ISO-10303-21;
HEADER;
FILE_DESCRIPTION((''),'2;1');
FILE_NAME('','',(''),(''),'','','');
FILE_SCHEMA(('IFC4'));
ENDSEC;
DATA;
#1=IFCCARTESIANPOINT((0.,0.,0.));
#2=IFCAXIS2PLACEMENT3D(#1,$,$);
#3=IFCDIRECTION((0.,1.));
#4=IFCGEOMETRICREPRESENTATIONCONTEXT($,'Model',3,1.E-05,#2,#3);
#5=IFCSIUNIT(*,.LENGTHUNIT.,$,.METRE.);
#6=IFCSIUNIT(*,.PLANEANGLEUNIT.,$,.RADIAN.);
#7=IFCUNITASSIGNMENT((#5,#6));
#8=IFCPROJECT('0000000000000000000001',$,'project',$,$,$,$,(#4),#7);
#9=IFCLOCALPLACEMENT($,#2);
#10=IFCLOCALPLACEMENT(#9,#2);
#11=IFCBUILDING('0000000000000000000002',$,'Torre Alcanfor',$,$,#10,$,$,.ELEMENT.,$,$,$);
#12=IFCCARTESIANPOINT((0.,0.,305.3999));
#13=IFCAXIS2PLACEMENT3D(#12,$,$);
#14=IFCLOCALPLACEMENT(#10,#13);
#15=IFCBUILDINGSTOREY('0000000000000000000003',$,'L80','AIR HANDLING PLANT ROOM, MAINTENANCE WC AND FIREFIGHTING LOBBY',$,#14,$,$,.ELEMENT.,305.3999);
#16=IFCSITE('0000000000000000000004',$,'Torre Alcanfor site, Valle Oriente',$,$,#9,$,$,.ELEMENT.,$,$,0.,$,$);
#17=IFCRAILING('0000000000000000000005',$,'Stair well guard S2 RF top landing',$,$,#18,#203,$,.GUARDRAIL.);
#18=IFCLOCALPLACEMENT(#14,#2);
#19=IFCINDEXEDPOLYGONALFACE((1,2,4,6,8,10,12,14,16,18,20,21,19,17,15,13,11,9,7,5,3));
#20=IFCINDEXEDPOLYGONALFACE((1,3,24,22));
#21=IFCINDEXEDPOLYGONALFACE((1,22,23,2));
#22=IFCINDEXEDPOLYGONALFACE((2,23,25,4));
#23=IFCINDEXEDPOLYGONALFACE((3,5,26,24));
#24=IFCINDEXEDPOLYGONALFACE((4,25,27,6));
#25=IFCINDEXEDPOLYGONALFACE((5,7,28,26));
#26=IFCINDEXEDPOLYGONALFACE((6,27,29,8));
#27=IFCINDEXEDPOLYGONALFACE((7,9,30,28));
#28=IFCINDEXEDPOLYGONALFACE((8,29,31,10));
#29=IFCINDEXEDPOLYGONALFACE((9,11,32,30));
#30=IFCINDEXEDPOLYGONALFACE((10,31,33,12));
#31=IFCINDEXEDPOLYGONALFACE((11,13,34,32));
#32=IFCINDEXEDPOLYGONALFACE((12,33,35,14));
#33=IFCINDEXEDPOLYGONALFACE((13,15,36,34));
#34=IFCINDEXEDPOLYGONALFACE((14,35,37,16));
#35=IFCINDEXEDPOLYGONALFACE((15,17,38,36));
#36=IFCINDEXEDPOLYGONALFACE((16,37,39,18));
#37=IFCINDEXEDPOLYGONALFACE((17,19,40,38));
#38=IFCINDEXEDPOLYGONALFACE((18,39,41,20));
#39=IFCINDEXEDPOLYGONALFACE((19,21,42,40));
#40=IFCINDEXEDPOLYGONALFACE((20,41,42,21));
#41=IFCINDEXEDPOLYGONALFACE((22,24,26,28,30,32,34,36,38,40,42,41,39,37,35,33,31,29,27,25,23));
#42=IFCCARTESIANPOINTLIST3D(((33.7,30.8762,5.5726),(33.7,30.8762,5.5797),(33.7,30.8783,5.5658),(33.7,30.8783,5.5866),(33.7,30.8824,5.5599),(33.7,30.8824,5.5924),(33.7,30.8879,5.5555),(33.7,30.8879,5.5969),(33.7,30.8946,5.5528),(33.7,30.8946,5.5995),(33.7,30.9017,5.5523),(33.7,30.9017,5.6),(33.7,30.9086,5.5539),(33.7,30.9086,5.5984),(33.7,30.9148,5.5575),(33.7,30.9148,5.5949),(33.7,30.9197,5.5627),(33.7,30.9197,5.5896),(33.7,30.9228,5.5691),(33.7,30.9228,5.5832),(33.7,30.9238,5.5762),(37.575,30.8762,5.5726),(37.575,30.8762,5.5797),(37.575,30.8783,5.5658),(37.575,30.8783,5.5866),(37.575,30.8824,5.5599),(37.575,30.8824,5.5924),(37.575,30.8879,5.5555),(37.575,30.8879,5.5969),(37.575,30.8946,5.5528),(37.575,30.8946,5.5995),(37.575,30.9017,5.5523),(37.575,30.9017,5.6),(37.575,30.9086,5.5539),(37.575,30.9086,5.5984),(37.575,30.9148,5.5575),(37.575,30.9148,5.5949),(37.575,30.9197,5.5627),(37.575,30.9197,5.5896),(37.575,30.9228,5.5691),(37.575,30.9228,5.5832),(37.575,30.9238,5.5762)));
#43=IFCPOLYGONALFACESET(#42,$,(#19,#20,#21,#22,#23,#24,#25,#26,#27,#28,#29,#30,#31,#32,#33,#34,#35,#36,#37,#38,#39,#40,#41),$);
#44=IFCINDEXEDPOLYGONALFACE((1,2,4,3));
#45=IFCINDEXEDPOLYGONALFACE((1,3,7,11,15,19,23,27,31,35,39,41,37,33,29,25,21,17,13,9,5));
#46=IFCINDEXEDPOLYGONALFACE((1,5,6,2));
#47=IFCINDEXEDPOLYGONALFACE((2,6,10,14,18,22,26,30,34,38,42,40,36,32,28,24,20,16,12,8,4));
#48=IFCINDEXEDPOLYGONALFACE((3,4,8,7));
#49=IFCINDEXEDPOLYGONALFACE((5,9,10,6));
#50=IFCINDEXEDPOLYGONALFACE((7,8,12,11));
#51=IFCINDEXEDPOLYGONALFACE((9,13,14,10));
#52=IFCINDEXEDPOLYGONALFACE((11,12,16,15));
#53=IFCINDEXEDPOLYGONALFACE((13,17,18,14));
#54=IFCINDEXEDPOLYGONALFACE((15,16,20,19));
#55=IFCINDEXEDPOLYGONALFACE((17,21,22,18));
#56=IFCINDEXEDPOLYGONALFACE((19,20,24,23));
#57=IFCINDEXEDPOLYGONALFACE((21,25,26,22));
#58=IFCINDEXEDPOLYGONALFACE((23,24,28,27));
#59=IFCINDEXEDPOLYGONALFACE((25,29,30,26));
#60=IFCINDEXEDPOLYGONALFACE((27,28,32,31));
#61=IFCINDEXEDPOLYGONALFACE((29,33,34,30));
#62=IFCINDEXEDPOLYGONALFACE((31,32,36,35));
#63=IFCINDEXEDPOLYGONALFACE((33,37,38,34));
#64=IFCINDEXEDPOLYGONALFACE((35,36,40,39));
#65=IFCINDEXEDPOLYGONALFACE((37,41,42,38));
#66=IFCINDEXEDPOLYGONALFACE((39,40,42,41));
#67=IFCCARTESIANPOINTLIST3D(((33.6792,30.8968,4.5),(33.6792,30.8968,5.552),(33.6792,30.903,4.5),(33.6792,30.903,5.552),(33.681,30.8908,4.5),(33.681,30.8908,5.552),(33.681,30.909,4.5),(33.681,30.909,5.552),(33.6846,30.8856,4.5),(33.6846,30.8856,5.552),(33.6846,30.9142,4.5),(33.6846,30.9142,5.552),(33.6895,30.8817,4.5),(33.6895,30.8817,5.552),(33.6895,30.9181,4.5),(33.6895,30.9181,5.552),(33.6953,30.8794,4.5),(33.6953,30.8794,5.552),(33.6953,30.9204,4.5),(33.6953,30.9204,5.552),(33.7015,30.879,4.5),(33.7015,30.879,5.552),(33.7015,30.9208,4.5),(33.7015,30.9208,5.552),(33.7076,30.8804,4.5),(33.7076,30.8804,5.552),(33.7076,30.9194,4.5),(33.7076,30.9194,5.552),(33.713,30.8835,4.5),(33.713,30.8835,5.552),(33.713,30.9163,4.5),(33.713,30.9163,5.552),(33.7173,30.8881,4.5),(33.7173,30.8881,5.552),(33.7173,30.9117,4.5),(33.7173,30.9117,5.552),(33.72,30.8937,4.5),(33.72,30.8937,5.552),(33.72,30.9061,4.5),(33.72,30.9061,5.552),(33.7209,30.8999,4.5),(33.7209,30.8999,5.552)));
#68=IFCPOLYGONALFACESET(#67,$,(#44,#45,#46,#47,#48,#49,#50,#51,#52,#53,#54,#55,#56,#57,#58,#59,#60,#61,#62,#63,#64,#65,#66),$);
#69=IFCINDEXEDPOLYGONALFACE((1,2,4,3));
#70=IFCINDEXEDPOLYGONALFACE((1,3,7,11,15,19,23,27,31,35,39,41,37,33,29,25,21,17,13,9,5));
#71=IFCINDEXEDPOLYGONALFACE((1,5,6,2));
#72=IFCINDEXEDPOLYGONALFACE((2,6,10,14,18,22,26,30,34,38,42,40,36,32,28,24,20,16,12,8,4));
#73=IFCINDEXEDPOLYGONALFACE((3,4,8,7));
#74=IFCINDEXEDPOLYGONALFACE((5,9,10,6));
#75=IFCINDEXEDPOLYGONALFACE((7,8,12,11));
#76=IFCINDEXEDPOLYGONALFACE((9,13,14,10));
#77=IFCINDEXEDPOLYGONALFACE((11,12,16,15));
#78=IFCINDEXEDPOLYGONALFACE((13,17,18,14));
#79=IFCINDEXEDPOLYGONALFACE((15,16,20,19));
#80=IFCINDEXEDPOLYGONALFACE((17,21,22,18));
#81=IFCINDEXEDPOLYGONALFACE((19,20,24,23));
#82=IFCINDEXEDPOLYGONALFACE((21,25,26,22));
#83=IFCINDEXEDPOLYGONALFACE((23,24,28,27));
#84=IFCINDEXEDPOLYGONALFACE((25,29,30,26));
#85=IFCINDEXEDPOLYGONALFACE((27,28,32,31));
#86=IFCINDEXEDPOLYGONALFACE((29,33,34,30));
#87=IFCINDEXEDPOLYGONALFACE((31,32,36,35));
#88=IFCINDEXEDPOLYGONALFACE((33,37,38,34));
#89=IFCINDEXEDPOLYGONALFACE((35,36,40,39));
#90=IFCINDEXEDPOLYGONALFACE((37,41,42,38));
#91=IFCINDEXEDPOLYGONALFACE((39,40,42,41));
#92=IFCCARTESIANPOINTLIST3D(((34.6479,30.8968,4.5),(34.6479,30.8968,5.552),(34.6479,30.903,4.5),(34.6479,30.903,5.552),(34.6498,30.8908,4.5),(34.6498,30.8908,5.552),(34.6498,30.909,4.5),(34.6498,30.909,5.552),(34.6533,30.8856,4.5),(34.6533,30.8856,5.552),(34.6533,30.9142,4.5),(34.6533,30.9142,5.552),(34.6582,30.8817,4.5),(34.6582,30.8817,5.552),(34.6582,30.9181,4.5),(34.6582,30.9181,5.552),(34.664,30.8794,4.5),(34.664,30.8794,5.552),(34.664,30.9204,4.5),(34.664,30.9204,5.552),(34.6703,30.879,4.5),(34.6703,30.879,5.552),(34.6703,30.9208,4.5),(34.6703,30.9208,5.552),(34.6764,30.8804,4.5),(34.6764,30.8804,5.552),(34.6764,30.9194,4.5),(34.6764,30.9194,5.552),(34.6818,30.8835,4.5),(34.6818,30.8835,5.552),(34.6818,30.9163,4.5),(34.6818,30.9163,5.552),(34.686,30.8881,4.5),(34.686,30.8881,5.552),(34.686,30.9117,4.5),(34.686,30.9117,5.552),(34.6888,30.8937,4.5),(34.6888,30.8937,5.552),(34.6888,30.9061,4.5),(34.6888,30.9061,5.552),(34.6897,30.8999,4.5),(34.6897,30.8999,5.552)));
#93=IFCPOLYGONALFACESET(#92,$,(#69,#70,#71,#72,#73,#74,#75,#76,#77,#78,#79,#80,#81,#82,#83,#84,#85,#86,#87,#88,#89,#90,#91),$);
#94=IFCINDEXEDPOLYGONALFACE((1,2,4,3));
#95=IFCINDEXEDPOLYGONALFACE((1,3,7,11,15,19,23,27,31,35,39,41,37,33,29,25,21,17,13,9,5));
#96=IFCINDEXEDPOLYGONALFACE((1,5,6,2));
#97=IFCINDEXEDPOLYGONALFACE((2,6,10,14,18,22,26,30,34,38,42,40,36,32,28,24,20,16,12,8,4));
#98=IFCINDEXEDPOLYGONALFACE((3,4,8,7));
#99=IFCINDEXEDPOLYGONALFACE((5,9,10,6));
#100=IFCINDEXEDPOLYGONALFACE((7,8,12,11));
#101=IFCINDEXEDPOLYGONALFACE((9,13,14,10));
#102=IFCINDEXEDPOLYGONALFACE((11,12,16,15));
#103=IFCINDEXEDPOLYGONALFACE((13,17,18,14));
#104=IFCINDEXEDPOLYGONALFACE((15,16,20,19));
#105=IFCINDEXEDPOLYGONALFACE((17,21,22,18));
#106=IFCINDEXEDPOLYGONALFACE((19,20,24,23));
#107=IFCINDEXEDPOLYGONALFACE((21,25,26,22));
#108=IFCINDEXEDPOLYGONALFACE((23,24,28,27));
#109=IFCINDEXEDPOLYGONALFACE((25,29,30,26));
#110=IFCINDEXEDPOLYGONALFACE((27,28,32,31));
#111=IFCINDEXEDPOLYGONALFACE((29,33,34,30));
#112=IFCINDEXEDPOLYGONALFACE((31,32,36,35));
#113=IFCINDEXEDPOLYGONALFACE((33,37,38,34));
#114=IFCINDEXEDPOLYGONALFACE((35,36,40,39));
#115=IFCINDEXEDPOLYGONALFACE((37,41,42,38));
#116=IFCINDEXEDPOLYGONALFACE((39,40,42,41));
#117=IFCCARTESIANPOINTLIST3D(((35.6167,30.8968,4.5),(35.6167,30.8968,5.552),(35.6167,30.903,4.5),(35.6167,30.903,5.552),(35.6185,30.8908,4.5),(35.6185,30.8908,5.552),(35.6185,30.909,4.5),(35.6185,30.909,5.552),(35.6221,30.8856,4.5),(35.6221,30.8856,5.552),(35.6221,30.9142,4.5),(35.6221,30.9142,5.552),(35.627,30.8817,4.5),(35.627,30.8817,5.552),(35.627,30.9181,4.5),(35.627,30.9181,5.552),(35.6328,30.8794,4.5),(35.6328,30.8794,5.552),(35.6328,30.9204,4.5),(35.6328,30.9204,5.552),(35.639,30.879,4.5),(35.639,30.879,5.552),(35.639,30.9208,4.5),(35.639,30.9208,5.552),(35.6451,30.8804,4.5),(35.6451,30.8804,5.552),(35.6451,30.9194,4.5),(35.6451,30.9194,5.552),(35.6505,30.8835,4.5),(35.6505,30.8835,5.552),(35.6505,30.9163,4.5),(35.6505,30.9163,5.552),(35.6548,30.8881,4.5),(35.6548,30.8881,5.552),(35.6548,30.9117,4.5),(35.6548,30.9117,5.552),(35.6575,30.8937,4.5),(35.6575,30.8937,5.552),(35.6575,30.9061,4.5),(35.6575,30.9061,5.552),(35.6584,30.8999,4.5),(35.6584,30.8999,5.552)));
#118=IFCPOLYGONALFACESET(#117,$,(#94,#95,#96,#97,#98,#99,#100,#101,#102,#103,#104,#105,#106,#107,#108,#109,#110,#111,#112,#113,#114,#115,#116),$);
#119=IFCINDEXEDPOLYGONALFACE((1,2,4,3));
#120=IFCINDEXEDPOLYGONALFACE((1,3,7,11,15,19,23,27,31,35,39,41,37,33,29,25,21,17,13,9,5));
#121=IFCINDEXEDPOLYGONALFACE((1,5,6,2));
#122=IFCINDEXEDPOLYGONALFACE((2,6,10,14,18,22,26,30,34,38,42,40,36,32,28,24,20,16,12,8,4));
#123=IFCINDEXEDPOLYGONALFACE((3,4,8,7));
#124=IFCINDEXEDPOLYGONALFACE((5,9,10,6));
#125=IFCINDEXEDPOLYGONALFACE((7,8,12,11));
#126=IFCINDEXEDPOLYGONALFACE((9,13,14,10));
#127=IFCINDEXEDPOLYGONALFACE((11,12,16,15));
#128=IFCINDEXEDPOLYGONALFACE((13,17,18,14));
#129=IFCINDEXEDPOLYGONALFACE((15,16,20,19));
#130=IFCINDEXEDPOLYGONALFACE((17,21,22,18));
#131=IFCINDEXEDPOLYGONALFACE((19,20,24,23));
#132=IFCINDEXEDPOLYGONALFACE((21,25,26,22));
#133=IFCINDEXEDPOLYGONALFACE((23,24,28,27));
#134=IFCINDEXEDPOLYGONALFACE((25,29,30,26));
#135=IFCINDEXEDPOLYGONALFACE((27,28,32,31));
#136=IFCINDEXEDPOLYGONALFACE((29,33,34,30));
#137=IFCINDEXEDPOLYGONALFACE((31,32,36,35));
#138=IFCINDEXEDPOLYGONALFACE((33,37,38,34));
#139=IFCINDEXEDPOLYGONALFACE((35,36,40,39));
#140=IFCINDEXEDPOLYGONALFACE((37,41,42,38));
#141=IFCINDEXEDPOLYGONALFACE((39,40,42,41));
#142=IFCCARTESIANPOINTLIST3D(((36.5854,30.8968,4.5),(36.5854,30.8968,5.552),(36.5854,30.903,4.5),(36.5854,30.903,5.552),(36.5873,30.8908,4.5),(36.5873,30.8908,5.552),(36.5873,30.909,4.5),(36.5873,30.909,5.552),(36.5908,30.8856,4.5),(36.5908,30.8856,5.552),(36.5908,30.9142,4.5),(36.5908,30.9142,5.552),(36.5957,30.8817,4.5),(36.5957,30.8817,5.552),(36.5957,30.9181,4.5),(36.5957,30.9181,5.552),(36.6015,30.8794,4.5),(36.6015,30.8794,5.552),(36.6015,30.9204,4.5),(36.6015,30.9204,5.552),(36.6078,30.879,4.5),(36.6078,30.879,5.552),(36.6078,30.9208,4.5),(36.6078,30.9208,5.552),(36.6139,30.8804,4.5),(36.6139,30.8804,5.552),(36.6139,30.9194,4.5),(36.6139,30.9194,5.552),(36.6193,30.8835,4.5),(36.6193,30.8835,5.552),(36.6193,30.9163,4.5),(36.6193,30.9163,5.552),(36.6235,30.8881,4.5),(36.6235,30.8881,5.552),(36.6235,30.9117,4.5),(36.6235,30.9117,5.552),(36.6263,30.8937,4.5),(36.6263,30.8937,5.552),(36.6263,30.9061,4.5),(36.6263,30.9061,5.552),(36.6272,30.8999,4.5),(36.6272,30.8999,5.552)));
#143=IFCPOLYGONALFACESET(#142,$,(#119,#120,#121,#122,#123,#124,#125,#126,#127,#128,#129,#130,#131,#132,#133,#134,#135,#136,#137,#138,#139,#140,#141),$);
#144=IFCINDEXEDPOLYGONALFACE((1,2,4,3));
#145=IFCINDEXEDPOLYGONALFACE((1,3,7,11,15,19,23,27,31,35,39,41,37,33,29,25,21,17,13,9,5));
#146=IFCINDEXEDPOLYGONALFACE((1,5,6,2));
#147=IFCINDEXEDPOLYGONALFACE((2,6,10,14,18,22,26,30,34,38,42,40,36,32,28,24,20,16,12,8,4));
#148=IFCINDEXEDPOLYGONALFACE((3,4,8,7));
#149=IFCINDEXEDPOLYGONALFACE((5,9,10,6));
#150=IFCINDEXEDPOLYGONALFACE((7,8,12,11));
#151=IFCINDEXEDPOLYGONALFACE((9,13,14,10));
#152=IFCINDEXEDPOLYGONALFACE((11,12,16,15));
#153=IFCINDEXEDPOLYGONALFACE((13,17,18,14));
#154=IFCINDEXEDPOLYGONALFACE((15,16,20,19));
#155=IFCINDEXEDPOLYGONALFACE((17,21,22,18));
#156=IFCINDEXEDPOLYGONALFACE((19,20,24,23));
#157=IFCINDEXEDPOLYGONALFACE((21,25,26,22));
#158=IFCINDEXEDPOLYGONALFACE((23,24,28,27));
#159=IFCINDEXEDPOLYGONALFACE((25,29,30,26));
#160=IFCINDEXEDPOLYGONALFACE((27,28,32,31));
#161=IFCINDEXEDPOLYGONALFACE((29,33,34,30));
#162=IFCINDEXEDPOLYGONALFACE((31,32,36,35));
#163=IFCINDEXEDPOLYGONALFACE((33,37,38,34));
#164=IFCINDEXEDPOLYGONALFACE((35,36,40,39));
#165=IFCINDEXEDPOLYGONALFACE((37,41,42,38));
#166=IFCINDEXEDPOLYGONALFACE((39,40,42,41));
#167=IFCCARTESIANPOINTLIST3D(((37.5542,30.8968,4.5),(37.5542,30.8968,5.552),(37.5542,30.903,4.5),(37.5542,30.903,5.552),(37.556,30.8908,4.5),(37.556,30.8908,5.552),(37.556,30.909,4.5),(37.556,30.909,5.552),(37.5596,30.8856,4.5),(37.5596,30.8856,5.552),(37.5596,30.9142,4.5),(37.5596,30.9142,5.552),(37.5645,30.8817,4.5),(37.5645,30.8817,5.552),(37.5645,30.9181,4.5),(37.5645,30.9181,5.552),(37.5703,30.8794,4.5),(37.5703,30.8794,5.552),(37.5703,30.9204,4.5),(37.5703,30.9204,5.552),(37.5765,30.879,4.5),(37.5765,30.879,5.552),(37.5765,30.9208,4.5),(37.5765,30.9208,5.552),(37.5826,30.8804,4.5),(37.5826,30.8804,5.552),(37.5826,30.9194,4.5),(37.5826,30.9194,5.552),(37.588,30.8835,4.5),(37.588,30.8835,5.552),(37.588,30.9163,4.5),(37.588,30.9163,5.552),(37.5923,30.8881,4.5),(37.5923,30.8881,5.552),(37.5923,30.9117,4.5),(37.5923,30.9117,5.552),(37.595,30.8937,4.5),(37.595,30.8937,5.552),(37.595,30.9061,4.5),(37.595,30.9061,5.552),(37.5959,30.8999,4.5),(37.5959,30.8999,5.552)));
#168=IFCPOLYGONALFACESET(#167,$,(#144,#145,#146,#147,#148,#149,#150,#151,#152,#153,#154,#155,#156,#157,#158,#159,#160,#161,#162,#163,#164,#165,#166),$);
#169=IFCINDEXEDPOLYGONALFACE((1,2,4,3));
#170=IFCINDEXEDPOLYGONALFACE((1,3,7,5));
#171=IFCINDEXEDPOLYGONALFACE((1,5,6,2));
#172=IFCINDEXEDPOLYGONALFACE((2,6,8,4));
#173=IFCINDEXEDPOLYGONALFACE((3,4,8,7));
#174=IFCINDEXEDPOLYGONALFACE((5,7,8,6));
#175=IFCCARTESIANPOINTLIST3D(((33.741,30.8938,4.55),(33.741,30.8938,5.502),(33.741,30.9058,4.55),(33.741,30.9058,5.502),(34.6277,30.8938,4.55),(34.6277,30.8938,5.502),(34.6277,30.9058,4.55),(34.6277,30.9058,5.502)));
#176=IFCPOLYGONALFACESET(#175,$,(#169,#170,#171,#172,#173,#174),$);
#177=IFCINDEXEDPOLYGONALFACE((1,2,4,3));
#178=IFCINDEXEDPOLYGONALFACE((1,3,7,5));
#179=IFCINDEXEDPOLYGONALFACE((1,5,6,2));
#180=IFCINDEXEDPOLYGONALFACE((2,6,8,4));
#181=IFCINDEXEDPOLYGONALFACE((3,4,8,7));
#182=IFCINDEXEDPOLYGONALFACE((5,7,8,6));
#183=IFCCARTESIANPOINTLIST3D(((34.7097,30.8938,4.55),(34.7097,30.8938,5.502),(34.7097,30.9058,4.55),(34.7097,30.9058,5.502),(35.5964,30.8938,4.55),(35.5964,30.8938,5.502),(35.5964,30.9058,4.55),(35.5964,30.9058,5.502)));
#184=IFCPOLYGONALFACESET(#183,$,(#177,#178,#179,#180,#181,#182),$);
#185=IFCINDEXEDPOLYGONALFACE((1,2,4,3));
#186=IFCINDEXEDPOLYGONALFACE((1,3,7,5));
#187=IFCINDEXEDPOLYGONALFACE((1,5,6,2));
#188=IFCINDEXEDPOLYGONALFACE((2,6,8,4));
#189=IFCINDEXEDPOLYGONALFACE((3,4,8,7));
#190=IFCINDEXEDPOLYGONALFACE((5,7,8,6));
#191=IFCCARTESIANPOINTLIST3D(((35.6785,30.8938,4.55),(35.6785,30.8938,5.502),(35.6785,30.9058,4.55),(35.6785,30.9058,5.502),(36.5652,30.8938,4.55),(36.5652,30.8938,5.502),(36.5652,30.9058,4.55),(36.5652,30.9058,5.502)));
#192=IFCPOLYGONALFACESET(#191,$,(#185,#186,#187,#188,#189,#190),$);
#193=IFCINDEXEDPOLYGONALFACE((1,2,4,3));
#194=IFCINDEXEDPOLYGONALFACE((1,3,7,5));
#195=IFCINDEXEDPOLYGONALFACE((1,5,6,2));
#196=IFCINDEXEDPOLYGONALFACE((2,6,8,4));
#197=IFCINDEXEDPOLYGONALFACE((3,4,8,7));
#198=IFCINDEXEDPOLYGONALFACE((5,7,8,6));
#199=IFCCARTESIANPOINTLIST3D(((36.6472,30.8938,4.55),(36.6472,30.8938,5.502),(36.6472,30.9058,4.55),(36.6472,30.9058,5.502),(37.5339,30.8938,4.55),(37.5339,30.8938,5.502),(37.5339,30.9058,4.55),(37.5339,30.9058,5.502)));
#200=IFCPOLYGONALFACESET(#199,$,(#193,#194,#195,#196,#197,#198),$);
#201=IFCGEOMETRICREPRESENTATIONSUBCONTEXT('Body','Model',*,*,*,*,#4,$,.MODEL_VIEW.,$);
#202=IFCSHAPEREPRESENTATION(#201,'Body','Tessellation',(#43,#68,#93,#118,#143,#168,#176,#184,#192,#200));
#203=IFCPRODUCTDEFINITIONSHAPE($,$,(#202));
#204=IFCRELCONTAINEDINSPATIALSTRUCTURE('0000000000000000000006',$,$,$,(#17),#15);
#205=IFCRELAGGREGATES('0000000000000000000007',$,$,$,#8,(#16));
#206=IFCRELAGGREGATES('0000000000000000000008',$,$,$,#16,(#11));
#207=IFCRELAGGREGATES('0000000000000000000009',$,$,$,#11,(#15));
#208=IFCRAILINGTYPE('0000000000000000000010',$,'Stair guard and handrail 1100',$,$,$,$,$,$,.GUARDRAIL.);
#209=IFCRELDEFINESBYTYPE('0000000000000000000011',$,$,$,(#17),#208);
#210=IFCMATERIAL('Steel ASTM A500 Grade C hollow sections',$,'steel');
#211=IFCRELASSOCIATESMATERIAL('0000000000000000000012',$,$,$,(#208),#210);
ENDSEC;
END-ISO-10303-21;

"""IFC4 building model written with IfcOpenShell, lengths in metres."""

from ifc_helpers import new_model, si_unit, direction, frame, origin, origin_2d, place, context, subcontext, project, spatial, polyline, circle, outline, extrude, material, type_object, element, save


model = new_model("IFC4")

# Units and contexts
model_context = context("Model", 3, precision=1e-05, world=origin(), true_north=direction((0.0, 1.0)))
body_context = subcontext(model_context, "Body", "Model", "MODEL_VIEW")
ifc_project = project(units=[si_unit("LENGTHUNIT", "METRE"), si_unit("PLANEANGLEUNIT", "RADIAN")], contexts=[model_context])

# Site, building, storey
site_placement = place(None, origin())
site = spatial("IfcSite", under=ifc_project, at=site_placement, Name="Torre Alcanfor site, Valle Oriente", CompositionType="ELEMENT", RefElevation=0.0)
building_placement = place(site_placement, origin())
building = spatial("IfcBuilding", under=site, at=building_placement, Name="Torre Alcanfor", CompositionType="ELEMENT")
storey_placement = place(building_placement, frame((0.0, 0.0, 305.3999)))
storey = spatial("IfcBuildingStorey", under=building, at=storey_placement, Name="L80", Description="AIR HANDLING PLANT ROOM, MAINTENANCE WC AND FIREFIGHTING LOBBY", CompositionType="ELEMENT", Elevation=305.3999)

# Railing
ifc_material_1 = material(Name="Steel ASTM A500 Grade C hollow sections", Category="steel")
railing_type_1 = type_object("IfcRailingType", Name="Stair guard and handrail 1100", PredefinedType="GUARDRAIL", material=ifc_material_1)
railing_1_placement = place(storey_placement, frame((33.7, 30.8999, 4.5)))
element("IfcRailing", 1, at=railing_1_placement, inside=storey, type_object=railing_type_1, Name="Stair well guard S2 RF top landing", PredefinedType="GUARDRAIL", context=body_context, shape_type="SweptSolid", body=[
    extrude(circle(Radius=0.0239, at=origin_2d()), frame((0.0, 0.0, 1.0762), z_axis=(1.0, 0.0, 0.0), x_axis=(0.0, 1.0, 0.0)), (0.0, 0.0, 1.0), 3.875),
    extrude(circle(Radius=0.021, at=origin_2d()), origin(), (0.0, 0.0, 1.0), 1.052),
    extrude(circle(Radius=0.021, at=origin_2d()), frame((0.9688, 0.0, 0.0)), (0.0, 0.0, 1.0), 1.052),
    extrude(circle(Radius=0.021, at=origin_2d()), frame((1.9375, 0.0, 0.0)), (0.0, 0.0, 1.0), 1.052),
    extrude(circle(Radius=0.021, at=origin_2d()), frame((2.9062, 0.0, 0.0)), (0.0, 0.0, 1.0), 1.052),
    extrude(circle(Radius=0.021, at=origin_2d()), frame((3.875, 0.0, 0.0)), (0.0, 0.0, 1.0), 1.052),
    extrude(outline(polyline([(0.041, 0.05), (0.9277, 0.05), (0.9277, 1.002), (0.041, 1.002), (0.041, 0.05)])), frame((0.0, 0.0059, 0.0), z_axis=(0.0, -1.0, 0.0), x_axis=(1.0, 0.0, 0.0)), (0.0, 0.0, 1.0), 0.012),
    extrude(outline(polyline([(1.0098, 0.05), (1.8965, 0.05), (1.8965, 1.002), (1.0098, 1.002), (1.0098, 0.05)])), frame((0.0, 0.0059, 0.0), z_axis=(0.0, -1.0, 0.0), x_axis=(1.0, 0.0, 0.0)), (0.0, 0.0, 1.0), 0.012),
    extrude(outline(polyline([(1.9785, 0.05), (2.8652, 0.05), (2.8652, 1.002), (1.9785, 1.002), (1.9785, 0.05)])), frame((0.0, 0.0059, 0.0), z_axis=(0.0, -1.0, 0.0), x_axis=(1.0, 0.0, 0.0)), (0.0, 0.0, 1.0), 0.012),
    extrude(outline(polyline([(2.9473, 0.05), (3.834, 0.05), (3.834, 1.002), (2.9473, 1.002), (2.9473, 0.05)])), frame((0.0, 0.0059, 0.0), z_axis=(0.0, -1.0, 0.0), x_axis=(1.0, 0.0, 0.0)), (0.0, 0.0, 1.0), 0.012),
])

save(model, "model.ifc")
